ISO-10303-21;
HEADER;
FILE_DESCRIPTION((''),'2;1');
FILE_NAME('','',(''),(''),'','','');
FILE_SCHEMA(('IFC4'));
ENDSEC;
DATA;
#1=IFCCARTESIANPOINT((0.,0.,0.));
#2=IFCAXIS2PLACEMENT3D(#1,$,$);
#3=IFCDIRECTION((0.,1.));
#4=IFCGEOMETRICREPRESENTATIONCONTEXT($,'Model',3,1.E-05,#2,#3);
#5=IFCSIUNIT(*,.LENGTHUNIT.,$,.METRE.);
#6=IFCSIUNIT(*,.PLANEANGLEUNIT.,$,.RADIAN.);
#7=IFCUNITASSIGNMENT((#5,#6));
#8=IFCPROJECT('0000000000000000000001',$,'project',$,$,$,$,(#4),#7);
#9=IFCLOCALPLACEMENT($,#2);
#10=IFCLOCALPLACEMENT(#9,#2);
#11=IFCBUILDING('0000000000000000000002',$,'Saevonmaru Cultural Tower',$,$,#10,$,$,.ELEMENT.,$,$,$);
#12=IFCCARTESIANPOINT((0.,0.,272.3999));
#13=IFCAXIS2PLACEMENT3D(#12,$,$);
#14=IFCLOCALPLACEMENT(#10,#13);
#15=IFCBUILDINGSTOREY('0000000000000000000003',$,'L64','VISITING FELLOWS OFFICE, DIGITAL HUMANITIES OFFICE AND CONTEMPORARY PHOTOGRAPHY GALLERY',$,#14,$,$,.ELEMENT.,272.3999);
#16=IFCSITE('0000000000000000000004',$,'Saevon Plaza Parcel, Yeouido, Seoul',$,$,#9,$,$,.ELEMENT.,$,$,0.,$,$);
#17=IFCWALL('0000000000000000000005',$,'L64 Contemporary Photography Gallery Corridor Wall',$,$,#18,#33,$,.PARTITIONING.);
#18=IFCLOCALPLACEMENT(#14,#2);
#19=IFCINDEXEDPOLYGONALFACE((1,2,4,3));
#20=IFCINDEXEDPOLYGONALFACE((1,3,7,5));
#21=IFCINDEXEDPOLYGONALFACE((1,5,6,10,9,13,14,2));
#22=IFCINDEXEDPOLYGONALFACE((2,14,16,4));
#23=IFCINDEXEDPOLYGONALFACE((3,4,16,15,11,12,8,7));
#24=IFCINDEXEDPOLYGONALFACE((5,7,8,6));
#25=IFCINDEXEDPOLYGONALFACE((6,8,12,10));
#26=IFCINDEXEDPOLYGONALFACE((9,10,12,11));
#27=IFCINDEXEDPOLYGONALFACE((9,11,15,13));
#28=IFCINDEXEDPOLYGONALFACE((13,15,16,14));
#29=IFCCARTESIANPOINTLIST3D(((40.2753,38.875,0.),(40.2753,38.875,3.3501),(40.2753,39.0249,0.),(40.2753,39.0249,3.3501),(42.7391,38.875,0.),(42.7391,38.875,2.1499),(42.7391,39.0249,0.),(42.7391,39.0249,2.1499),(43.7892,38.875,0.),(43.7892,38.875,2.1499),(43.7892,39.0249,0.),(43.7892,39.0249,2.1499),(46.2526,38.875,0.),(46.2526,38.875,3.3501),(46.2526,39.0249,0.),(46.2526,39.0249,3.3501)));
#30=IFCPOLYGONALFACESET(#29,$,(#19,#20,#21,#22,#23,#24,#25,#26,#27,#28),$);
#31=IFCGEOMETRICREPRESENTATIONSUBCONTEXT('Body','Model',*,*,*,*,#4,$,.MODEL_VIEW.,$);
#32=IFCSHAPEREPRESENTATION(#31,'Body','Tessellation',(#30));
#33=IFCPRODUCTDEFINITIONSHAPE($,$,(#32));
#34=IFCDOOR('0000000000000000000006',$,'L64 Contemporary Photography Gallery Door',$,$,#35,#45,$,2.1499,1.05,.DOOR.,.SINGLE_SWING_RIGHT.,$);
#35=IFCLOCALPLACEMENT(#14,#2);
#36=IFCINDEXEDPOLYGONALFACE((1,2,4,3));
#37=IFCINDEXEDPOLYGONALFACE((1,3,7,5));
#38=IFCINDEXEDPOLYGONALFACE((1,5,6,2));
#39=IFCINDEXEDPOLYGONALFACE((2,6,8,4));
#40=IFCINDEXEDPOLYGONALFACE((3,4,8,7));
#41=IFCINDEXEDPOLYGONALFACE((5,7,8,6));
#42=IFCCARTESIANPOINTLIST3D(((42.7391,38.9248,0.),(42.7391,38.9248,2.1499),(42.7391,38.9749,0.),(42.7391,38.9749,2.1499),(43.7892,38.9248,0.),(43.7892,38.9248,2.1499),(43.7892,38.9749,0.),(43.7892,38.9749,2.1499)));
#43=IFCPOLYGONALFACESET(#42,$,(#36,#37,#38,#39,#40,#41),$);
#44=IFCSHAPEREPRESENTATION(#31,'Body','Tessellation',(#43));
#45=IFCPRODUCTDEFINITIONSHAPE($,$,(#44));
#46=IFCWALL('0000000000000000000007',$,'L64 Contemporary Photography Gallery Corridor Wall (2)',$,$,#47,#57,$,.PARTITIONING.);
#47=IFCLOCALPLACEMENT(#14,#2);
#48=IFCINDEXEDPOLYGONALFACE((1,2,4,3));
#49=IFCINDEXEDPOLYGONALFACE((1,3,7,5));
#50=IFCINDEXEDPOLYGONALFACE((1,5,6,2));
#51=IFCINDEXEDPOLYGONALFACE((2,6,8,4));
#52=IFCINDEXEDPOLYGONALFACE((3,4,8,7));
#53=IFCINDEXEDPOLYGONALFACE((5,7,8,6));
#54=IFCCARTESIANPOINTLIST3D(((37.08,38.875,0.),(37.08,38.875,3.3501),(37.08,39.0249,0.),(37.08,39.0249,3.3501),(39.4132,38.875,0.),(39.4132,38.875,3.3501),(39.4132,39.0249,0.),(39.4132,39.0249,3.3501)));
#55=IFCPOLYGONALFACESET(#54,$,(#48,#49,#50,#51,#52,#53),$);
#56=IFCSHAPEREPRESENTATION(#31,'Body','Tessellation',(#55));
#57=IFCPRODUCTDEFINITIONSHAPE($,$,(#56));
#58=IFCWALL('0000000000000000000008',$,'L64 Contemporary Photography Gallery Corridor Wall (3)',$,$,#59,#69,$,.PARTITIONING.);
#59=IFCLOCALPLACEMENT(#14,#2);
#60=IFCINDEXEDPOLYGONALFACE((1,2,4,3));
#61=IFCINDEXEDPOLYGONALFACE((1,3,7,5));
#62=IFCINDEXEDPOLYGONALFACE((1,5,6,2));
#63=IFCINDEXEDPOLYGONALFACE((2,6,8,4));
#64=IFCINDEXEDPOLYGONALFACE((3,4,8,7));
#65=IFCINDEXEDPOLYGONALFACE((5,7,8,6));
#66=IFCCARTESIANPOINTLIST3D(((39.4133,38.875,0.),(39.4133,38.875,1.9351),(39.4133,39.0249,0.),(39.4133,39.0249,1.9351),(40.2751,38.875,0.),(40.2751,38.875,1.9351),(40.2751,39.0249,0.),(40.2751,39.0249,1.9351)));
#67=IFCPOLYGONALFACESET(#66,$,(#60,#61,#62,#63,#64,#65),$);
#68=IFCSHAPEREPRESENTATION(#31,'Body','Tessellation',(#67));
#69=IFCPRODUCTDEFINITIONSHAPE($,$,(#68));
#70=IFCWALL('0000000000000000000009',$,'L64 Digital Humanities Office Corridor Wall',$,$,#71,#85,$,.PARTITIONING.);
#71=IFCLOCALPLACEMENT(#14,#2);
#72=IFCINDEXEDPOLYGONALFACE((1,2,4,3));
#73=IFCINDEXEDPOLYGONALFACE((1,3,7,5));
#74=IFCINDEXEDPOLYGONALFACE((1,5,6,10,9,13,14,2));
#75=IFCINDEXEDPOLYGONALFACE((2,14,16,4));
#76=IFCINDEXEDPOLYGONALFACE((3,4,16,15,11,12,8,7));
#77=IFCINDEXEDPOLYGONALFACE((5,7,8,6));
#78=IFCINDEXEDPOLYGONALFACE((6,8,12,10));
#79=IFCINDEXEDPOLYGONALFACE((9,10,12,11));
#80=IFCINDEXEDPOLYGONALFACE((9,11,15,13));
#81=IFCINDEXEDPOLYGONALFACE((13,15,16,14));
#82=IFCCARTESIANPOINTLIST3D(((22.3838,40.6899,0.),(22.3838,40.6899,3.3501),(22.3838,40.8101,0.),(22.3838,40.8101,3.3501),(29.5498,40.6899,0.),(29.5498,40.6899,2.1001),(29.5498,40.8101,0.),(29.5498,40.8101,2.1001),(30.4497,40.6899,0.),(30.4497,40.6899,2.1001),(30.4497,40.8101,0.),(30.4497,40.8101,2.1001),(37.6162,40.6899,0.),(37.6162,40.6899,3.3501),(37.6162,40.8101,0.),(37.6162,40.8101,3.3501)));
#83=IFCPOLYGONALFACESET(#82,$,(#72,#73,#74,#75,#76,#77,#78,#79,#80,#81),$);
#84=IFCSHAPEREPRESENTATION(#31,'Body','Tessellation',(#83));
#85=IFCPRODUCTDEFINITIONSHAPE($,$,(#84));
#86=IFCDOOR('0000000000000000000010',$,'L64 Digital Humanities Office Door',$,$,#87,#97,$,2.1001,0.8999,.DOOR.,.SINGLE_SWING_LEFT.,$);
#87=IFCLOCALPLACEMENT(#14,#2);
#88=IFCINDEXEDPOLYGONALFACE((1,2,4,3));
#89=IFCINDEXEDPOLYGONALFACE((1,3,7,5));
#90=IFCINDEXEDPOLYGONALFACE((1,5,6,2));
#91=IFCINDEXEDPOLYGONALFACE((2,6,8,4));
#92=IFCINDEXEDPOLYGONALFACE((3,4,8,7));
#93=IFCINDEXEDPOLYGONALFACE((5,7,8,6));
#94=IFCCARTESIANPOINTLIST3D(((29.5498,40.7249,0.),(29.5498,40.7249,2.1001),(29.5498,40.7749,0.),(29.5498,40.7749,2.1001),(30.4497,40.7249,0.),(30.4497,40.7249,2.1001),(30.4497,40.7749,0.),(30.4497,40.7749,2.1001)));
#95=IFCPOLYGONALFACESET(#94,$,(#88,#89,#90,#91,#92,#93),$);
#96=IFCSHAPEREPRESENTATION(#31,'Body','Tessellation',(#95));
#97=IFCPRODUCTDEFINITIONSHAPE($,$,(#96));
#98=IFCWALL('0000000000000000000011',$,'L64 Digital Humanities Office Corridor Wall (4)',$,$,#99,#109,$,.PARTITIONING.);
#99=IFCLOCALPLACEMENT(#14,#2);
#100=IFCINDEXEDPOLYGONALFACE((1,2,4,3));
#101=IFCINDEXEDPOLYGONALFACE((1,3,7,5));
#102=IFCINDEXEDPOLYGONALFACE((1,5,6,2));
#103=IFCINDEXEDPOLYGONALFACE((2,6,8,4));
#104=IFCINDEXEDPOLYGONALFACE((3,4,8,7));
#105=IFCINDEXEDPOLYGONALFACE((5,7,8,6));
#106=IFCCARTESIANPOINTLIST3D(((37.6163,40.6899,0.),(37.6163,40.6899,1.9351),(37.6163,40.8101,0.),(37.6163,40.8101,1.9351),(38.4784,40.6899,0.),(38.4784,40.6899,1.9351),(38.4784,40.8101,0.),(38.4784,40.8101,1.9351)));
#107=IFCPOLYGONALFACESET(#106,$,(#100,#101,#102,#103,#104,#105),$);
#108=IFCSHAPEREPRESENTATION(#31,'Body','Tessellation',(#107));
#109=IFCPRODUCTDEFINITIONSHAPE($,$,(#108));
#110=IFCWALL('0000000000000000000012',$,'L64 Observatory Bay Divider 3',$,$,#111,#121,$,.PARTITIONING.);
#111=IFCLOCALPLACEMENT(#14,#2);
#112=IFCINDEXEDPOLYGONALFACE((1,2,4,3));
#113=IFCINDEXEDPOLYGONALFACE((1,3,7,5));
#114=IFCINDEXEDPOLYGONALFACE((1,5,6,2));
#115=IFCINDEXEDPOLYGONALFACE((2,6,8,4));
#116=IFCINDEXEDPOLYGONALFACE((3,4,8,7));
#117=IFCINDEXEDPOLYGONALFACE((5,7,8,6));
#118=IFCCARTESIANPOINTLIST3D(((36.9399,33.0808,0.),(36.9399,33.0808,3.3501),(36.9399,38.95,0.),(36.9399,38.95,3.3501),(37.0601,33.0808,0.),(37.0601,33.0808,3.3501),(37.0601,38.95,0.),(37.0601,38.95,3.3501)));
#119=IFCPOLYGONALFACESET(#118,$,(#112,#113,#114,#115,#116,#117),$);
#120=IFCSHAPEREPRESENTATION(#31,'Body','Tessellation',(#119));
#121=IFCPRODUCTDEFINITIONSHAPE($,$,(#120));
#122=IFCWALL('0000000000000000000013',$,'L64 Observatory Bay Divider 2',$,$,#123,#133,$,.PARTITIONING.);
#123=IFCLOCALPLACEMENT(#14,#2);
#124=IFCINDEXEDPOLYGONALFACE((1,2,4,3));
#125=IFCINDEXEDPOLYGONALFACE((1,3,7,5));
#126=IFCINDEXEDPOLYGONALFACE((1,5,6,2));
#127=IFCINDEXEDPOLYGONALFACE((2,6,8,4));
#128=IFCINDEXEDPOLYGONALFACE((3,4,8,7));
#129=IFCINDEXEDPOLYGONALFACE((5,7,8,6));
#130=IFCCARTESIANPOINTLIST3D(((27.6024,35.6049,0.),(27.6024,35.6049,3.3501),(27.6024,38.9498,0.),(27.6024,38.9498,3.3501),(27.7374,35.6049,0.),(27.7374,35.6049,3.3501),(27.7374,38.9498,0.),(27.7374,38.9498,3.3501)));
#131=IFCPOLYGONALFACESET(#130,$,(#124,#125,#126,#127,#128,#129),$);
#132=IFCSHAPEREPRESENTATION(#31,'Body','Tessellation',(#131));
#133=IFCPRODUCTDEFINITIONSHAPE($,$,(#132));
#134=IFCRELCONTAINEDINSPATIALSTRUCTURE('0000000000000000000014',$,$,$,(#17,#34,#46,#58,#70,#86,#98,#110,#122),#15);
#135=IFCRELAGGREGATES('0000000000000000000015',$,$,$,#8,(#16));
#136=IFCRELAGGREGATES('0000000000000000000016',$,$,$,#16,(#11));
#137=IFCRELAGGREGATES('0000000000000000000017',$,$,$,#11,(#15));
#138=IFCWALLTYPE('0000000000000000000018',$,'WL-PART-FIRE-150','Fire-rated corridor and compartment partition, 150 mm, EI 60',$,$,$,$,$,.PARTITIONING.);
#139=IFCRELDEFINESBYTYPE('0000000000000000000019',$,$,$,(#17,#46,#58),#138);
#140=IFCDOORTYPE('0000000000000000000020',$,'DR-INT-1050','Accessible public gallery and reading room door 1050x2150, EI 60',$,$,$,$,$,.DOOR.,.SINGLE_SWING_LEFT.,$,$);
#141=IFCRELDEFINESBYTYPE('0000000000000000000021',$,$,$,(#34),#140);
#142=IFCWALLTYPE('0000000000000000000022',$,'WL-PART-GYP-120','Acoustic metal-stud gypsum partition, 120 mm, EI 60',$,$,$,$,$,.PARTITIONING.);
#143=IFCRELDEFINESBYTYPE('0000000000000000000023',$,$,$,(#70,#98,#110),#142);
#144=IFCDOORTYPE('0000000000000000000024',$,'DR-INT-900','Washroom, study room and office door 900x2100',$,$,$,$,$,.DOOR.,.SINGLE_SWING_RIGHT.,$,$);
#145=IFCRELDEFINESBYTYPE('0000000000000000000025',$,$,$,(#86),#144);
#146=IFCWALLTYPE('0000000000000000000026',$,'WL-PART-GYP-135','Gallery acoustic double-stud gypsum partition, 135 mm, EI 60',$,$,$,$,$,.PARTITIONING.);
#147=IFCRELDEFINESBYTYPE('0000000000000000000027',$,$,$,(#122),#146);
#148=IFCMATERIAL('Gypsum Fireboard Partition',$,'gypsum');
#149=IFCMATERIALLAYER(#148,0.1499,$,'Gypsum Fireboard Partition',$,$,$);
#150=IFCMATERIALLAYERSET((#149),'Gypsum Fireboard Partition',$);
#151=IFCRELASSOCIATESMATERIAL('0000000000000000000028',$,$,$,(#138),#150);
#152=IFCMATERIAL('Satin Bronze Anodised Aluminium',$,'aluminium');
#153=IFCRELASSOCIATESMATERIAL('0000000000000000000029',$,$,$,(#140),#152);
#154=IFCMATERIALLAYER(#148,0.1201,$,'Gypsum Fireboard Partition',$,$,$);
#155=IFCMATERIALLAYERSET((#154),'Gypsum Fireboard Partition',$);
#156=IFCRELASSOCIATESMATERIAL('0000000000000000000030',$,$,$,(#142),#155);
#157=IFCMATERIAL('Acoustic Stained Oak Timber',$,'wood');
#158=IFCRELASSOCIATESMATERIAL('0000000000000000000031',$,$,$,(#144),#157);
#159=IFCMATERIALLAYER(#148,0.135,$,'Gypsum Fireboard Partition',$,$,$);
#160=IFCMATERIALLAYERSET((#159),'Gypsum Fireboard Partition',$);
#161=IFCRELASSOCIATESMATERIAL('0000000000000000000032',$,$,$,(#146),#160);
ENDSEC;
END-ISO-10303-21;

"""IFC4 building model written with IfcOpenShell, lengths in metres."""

from ifc_helpers import new_model, si_unit, direction, frame, frame_2d, origin, place, context, subcontext, project, spatial, rectangle, extrude, material, layer, layer_set, type_object, element, fill, save


model = new_model("IFC4")

# Units and contexts
model_context = context("Model", 3, precision=1e-05, world=origin(), true_north=direction((0.0, 1.0)))
body_context = subcontext(model_context, "Body", "Model", "MODEL_VIEW")
ifc_project = project(units=[si_unit("LENGTHUNIT", "METRE"), si_unit("PLANEANGLEUNIT", "RADIAN")], contexts=[model_context])

# Site, building, storey
site_placement = place(None, origin())
site = spatial("IfcSite", under=ifc_project, at=site_placement, Name="Saevon Plaza Parcel, Yeouido, Seoul", CompositionType="ELEMENT", RefElevation=0.0)
building_placement = place(site_placement, origin())
building = spatial("IfcBuilding", under=site, at=building_placement, Name="Saevonmaru Cultural Tower", CompositionType="ELEMENT")
storey_placement = place(building_placement, frame((0.0, 0.0, 272.3999)))
storey = spatial("IfcBuildingStorey", under=building, at=storey_placement, Name="L64", Description="VISITING FELLOWS OFFICE, DIGITAL HUMANITIES OFFICE AND CONTEMPORARY PHOTOGRAPHY GALLERY", CompositionType="ELEMENT", Elevation=272.3999)

# Shared definitions
ifc_material_1 = material(Name="Satin Bronze Anodised Aluminium", Category="aluminium")

# Shared definitions
ifc_material_2 = material(Name="Gypsum Fireboard Partition", Category="gypsum")
ifc_layer_1 = layer(ifc_material_2, 0.1499, Name="Gypsum Fireboard Partition")
ifc_layer_set_1 = layer_set([ifc_layer_1], Name="Gypsum Fireboard Partition")
wall_type_1 = type_object("IfcWallType", Name="WL-PART-FIRE-150", Description="Fire-rated corridor and compartment partition, 150 mm, EI 60", PredefinedType="PARTITIONING", material=ifc_layer_set_1)

# Wall, opening, door
door_type_1 = type_object("IfcDoorType", Name="DR-INT-1050", Description="Accessible public gallery and reading room door 1050x2150, EI 60", OperationType="SINGLE_SWING_LEFT", PredefinedType="DOOR", material=ifc_material_1)
wall_1_placement = place(storey_placement, frame((40.2751, 38.95, 0.0), z_axis=(0.0, 0.0, 1.0), x_axis=(1.0, 0.0, 0.0)))
wall_1 = element("IfcWall", 1, at=wall_1_placement, inside=storey, type_object=wall_type_1, Name="L64 Contemporary Photography Gallery Corridor Wall", PredefinedType="PARTITIONING", context=body_context, shape_type="SweptSolid", body=[
    extrude(rectangle(XDim=5.9773, YDim=0.1499, at=frame_2d((2.9888, 0.0))), origin(), (0.0, 0.0, 1.0), 3.3501),
])
opening_1_placement = place(wall_1_placement, frame((2.4641, 0.0, 0.0)))
opening_1 = element("IfcOpeningElement", 2, at=opening_1_placement, cuts=wall_1, PredefinedType="OPENING", context=body_context, shape_type="SweptSolid", body=[
    extrude(rectangle(XDim=1.05, YDim=2.1499, at=frame_2d((0.5249, 1.075))), frame((0.0, 0.085, 0.0), z_axis=(0.0, -1.0, 0.0), x_axis=(1.0, 0.0, 0.0)), (0.0, 0.0, 1.0), 0.1699),
])
door_1_placement = place(opening_1_placement, origin())
door_1 = element("IfcDoor", 3, at=door_1_placement, inside=storey, type_object=door_type_1, Name="L64 Contemporary Photography Gallery Door", OperationType="SINGLE_SWING_RIGHT", OverallHeight=2.1499, OverallWidth=1.05, PredefinedType="DOOR", context=body_context, shape_type="SweptSolid", body=[
    extrude(rectangle(XDim=1.05, YDim=2.1499, at=frame_2d((0.5249, 1.075))), frame((0.0, 0.0249, 0.0), z_axis=(0.0, -1.0, 0.0), x_axis=(1.0, 0.0, 0.0)), (0.0, 0.0, 1.0), 0.05),
])
fill(opening_1, door_1)

# Walls
wall_2_placement = place(storey_placement, frame((37.0801, 38.95, 0.0), z_axis=(0.0, 0.0, 1.0), x_axis=(1.0, 0.0, 0.0)))
element("IfcWall", 4, at=wall_2_placement, inside=storey, type_object=wall_type_1, Name="L64 Contemporary Photography Gallery Corridor Wall (2)", PredefinedType="PARTITIONING", context=body_context, shape_type="SweptSolid", body=[
    extrude(rectangle(XDim=2.3333, YDim=0.1499, at=frame_2d((1.1665, 0.0))), origin(), (0.0, 0.0, 1.0), 3.3501),
])
wall_3_placement = place(storey_placement, frame((39.4133, 38.95, 0.0), z_axis=(0.0, 0.0, 1.0), x_axis=(1.0, 0.0, 0.0)))
element("IfcWall", 5, at=wall_3_placement, inside=storey, type_object=wall_type_1, Name="L64 Contemporary Photography Gallery Corridor Wall (3)", PredefinedType="PARTITIONING", context=body_context, shape_type="SweptSolid", body=[
    extrude(rectangle(XDim=0.8618, YDim=0.1499, at=frame_2d((0.4309, 0.0))), origin(), (0.0, 0.0, 1.0), 1.9351),
])

# Wall, opening, door
ifc_layer_2 = layer(ifc_material_2, 0.1201, Name="Gypsum Fireboard Partition")
ifc_layer_set_2 = layer_set([ifc_layer_2], Name="Gypsum Fireboard Partition")
wall_type_2 = type_object("IfcWallType", Name="WL-PART-GYP-120", Description="Acoustic metal-stud gypsum partition, 120 mm, EI 60", PredefinedType="PARTITIONING", material=ifc_layer_set_2)
wall_4_placement = place(storey_placement, frame((22.3838, 40.75, 0.0), z_axis=(0.0, 0.0, 1.0), x_axis=(1.0, 0.0, 0.0)))
wall_4 = element("IfcWall", 6, at=wall_4_placement, inside=storey, type_object=wall_type_2, Name="L64 Digital Humanities Office Corridor Wall", PredefinedType="PARTITIONING", context=body_context, shape_type="SweptSolid", body=[
    extrude(rectangle(XDim=15.2324, YDim=0.1201, at=frame_2d((7.6162, 0.0))), origin(), (0.0, 0.0, 1.0), 3.3501),
])
opening_2_placement = place(wall_4_placement, frame((7.166, 0.0, 0.0)))
opening_2 = element("IfcOpeningElement", 7, at=opening_2_placement, cuts=wall_4, PredefinedType="OPENING", context=body_context, shape_type="SweptSolid", body=[
    extrude(rectangle(XDim=0.8999, YDim=2.1001, at=frame_2d((0.45, 1.05))), frame((0.0, 0.0701, 0.0), z_axis=(0.0, -1.0, 0.0), x_axis=(1.0, 0.0, 0.0)), (0.0, 0.0, 1.0), 0.1401),
])
ifc_material_3 = material(Name="Acoustic Stained Oak Timber", Category="wood")
door_type_2 = type_object("IfcDoorType", Name="DR-INT-900", Description="Washroom, study room and office door 900x2100", OperationType="SINGLE_SWING_RIGHT", PredefinedType="DOOR", material=ifc_material_3)
door_2_placement = place(opening_2_placement, origin())
door_2 = element("IfcDoor", 8, at=door_2_placement, inside=storey, type_object=door_type_2, Name="L64 Digital Humanities Office Door", OperationType="SINGLE_SWING_LEFT", OverallHeight=2.1001, OverallWidth=0.8999, PredefinedType="DOOR", context=body_context, shape_type="SweptSolid", body=[
    extrude(rectangle(XDim=0.8999, YDim=2.1001, at=frame_2d((0.45, 1.05))), frame((0.0, 0.0249, 0.0), z_axis=(0.0, -1.0, 0.0), x_axis=(1.0, 0.0, 0.0)), (0.0, 0.0, 1.0), 0.05),
])
fill(opening_2, door_2)

# Walls
wall_5_placement = place(storey_placement, frame((37.6162, 40.75, 0.0), z_axis=(0.0, 0.0, 1.0), x_axis=(1.0, 0.0, 0.0)))
element("IfcWall", 9, at=wall_5_placement, inside=storey, type_object=wall_type_2, Name="L64 Digital Humanities Office Corridor Wall (4)", PredefinedType="PARTITIONING", context=body_context, shape_type="SweptSolid", body=[
    extrude(rectangle(XDim=0.8621, YDim=0.1201, at=frame_2d((0.4312, 0.0))), origin(), (0.0, 0.0, 1.0), 1.9351),
])
wall_6_placement = place(storey_placement, frame((37.0, 33.0808, 0.0), z_axis=(0.0, 0.0, 1.0), x_axis=(0.0, 1.0, 0.0)))
element("IfcWall", 10, at=wall_6_placement, inside=storey, type_object=wall_type_2, Name="L64 Observatory Bay Divider 3", PredefinedType="PARTITIONING", context=body_context, shape_type="SweptSolid", body=[
    extrude(rectangle(XDim=5.8691, YDim=0.1201, at=frame_2d((2.9346, 0.0))), origin(), (0.0, 0.0, 1.0), 3.3501),
])
ifc_layer_3 = layer(ifc_material_2, 0.135, Name="Gypsum Fireboard Partition")
ifc_layer_set_3 = layer_set([ifc_layer_3], Name="Gypsum Fireboard Partition")
wall_type_3 = type_object("IfcWallType", Name="WL-PART-GYP-135", Description="Gallery acoustic double-stud gypsum partition, 135 mm, EI 60", PredefinedType="PARTITIONING", material=ifc_layer_set_3)
wall_7_placement = place(storey_placement, frame((27.6699, 35.605, 0.0), z_axis=(0.0, 0.0, 1.0), x_axis=(0.0, 1.0, 0.0)))
element("IfcWall", 11, at=wall_7_placement, inside=storey, type_object=wall_type_3, Name="L64 Observatory Bay Divider 2", PredefinedType="PARTITIONING", context=body_context, shape_type="SweptSolid", body=[
    extrude(rectangle(XDim=3.345, YDim=0.135, at=frame_2d((1.6724, 0.0))), origin(), (0.0, 0.0, 1.0), 3.3501),
])

save(model, "model.ifc")
